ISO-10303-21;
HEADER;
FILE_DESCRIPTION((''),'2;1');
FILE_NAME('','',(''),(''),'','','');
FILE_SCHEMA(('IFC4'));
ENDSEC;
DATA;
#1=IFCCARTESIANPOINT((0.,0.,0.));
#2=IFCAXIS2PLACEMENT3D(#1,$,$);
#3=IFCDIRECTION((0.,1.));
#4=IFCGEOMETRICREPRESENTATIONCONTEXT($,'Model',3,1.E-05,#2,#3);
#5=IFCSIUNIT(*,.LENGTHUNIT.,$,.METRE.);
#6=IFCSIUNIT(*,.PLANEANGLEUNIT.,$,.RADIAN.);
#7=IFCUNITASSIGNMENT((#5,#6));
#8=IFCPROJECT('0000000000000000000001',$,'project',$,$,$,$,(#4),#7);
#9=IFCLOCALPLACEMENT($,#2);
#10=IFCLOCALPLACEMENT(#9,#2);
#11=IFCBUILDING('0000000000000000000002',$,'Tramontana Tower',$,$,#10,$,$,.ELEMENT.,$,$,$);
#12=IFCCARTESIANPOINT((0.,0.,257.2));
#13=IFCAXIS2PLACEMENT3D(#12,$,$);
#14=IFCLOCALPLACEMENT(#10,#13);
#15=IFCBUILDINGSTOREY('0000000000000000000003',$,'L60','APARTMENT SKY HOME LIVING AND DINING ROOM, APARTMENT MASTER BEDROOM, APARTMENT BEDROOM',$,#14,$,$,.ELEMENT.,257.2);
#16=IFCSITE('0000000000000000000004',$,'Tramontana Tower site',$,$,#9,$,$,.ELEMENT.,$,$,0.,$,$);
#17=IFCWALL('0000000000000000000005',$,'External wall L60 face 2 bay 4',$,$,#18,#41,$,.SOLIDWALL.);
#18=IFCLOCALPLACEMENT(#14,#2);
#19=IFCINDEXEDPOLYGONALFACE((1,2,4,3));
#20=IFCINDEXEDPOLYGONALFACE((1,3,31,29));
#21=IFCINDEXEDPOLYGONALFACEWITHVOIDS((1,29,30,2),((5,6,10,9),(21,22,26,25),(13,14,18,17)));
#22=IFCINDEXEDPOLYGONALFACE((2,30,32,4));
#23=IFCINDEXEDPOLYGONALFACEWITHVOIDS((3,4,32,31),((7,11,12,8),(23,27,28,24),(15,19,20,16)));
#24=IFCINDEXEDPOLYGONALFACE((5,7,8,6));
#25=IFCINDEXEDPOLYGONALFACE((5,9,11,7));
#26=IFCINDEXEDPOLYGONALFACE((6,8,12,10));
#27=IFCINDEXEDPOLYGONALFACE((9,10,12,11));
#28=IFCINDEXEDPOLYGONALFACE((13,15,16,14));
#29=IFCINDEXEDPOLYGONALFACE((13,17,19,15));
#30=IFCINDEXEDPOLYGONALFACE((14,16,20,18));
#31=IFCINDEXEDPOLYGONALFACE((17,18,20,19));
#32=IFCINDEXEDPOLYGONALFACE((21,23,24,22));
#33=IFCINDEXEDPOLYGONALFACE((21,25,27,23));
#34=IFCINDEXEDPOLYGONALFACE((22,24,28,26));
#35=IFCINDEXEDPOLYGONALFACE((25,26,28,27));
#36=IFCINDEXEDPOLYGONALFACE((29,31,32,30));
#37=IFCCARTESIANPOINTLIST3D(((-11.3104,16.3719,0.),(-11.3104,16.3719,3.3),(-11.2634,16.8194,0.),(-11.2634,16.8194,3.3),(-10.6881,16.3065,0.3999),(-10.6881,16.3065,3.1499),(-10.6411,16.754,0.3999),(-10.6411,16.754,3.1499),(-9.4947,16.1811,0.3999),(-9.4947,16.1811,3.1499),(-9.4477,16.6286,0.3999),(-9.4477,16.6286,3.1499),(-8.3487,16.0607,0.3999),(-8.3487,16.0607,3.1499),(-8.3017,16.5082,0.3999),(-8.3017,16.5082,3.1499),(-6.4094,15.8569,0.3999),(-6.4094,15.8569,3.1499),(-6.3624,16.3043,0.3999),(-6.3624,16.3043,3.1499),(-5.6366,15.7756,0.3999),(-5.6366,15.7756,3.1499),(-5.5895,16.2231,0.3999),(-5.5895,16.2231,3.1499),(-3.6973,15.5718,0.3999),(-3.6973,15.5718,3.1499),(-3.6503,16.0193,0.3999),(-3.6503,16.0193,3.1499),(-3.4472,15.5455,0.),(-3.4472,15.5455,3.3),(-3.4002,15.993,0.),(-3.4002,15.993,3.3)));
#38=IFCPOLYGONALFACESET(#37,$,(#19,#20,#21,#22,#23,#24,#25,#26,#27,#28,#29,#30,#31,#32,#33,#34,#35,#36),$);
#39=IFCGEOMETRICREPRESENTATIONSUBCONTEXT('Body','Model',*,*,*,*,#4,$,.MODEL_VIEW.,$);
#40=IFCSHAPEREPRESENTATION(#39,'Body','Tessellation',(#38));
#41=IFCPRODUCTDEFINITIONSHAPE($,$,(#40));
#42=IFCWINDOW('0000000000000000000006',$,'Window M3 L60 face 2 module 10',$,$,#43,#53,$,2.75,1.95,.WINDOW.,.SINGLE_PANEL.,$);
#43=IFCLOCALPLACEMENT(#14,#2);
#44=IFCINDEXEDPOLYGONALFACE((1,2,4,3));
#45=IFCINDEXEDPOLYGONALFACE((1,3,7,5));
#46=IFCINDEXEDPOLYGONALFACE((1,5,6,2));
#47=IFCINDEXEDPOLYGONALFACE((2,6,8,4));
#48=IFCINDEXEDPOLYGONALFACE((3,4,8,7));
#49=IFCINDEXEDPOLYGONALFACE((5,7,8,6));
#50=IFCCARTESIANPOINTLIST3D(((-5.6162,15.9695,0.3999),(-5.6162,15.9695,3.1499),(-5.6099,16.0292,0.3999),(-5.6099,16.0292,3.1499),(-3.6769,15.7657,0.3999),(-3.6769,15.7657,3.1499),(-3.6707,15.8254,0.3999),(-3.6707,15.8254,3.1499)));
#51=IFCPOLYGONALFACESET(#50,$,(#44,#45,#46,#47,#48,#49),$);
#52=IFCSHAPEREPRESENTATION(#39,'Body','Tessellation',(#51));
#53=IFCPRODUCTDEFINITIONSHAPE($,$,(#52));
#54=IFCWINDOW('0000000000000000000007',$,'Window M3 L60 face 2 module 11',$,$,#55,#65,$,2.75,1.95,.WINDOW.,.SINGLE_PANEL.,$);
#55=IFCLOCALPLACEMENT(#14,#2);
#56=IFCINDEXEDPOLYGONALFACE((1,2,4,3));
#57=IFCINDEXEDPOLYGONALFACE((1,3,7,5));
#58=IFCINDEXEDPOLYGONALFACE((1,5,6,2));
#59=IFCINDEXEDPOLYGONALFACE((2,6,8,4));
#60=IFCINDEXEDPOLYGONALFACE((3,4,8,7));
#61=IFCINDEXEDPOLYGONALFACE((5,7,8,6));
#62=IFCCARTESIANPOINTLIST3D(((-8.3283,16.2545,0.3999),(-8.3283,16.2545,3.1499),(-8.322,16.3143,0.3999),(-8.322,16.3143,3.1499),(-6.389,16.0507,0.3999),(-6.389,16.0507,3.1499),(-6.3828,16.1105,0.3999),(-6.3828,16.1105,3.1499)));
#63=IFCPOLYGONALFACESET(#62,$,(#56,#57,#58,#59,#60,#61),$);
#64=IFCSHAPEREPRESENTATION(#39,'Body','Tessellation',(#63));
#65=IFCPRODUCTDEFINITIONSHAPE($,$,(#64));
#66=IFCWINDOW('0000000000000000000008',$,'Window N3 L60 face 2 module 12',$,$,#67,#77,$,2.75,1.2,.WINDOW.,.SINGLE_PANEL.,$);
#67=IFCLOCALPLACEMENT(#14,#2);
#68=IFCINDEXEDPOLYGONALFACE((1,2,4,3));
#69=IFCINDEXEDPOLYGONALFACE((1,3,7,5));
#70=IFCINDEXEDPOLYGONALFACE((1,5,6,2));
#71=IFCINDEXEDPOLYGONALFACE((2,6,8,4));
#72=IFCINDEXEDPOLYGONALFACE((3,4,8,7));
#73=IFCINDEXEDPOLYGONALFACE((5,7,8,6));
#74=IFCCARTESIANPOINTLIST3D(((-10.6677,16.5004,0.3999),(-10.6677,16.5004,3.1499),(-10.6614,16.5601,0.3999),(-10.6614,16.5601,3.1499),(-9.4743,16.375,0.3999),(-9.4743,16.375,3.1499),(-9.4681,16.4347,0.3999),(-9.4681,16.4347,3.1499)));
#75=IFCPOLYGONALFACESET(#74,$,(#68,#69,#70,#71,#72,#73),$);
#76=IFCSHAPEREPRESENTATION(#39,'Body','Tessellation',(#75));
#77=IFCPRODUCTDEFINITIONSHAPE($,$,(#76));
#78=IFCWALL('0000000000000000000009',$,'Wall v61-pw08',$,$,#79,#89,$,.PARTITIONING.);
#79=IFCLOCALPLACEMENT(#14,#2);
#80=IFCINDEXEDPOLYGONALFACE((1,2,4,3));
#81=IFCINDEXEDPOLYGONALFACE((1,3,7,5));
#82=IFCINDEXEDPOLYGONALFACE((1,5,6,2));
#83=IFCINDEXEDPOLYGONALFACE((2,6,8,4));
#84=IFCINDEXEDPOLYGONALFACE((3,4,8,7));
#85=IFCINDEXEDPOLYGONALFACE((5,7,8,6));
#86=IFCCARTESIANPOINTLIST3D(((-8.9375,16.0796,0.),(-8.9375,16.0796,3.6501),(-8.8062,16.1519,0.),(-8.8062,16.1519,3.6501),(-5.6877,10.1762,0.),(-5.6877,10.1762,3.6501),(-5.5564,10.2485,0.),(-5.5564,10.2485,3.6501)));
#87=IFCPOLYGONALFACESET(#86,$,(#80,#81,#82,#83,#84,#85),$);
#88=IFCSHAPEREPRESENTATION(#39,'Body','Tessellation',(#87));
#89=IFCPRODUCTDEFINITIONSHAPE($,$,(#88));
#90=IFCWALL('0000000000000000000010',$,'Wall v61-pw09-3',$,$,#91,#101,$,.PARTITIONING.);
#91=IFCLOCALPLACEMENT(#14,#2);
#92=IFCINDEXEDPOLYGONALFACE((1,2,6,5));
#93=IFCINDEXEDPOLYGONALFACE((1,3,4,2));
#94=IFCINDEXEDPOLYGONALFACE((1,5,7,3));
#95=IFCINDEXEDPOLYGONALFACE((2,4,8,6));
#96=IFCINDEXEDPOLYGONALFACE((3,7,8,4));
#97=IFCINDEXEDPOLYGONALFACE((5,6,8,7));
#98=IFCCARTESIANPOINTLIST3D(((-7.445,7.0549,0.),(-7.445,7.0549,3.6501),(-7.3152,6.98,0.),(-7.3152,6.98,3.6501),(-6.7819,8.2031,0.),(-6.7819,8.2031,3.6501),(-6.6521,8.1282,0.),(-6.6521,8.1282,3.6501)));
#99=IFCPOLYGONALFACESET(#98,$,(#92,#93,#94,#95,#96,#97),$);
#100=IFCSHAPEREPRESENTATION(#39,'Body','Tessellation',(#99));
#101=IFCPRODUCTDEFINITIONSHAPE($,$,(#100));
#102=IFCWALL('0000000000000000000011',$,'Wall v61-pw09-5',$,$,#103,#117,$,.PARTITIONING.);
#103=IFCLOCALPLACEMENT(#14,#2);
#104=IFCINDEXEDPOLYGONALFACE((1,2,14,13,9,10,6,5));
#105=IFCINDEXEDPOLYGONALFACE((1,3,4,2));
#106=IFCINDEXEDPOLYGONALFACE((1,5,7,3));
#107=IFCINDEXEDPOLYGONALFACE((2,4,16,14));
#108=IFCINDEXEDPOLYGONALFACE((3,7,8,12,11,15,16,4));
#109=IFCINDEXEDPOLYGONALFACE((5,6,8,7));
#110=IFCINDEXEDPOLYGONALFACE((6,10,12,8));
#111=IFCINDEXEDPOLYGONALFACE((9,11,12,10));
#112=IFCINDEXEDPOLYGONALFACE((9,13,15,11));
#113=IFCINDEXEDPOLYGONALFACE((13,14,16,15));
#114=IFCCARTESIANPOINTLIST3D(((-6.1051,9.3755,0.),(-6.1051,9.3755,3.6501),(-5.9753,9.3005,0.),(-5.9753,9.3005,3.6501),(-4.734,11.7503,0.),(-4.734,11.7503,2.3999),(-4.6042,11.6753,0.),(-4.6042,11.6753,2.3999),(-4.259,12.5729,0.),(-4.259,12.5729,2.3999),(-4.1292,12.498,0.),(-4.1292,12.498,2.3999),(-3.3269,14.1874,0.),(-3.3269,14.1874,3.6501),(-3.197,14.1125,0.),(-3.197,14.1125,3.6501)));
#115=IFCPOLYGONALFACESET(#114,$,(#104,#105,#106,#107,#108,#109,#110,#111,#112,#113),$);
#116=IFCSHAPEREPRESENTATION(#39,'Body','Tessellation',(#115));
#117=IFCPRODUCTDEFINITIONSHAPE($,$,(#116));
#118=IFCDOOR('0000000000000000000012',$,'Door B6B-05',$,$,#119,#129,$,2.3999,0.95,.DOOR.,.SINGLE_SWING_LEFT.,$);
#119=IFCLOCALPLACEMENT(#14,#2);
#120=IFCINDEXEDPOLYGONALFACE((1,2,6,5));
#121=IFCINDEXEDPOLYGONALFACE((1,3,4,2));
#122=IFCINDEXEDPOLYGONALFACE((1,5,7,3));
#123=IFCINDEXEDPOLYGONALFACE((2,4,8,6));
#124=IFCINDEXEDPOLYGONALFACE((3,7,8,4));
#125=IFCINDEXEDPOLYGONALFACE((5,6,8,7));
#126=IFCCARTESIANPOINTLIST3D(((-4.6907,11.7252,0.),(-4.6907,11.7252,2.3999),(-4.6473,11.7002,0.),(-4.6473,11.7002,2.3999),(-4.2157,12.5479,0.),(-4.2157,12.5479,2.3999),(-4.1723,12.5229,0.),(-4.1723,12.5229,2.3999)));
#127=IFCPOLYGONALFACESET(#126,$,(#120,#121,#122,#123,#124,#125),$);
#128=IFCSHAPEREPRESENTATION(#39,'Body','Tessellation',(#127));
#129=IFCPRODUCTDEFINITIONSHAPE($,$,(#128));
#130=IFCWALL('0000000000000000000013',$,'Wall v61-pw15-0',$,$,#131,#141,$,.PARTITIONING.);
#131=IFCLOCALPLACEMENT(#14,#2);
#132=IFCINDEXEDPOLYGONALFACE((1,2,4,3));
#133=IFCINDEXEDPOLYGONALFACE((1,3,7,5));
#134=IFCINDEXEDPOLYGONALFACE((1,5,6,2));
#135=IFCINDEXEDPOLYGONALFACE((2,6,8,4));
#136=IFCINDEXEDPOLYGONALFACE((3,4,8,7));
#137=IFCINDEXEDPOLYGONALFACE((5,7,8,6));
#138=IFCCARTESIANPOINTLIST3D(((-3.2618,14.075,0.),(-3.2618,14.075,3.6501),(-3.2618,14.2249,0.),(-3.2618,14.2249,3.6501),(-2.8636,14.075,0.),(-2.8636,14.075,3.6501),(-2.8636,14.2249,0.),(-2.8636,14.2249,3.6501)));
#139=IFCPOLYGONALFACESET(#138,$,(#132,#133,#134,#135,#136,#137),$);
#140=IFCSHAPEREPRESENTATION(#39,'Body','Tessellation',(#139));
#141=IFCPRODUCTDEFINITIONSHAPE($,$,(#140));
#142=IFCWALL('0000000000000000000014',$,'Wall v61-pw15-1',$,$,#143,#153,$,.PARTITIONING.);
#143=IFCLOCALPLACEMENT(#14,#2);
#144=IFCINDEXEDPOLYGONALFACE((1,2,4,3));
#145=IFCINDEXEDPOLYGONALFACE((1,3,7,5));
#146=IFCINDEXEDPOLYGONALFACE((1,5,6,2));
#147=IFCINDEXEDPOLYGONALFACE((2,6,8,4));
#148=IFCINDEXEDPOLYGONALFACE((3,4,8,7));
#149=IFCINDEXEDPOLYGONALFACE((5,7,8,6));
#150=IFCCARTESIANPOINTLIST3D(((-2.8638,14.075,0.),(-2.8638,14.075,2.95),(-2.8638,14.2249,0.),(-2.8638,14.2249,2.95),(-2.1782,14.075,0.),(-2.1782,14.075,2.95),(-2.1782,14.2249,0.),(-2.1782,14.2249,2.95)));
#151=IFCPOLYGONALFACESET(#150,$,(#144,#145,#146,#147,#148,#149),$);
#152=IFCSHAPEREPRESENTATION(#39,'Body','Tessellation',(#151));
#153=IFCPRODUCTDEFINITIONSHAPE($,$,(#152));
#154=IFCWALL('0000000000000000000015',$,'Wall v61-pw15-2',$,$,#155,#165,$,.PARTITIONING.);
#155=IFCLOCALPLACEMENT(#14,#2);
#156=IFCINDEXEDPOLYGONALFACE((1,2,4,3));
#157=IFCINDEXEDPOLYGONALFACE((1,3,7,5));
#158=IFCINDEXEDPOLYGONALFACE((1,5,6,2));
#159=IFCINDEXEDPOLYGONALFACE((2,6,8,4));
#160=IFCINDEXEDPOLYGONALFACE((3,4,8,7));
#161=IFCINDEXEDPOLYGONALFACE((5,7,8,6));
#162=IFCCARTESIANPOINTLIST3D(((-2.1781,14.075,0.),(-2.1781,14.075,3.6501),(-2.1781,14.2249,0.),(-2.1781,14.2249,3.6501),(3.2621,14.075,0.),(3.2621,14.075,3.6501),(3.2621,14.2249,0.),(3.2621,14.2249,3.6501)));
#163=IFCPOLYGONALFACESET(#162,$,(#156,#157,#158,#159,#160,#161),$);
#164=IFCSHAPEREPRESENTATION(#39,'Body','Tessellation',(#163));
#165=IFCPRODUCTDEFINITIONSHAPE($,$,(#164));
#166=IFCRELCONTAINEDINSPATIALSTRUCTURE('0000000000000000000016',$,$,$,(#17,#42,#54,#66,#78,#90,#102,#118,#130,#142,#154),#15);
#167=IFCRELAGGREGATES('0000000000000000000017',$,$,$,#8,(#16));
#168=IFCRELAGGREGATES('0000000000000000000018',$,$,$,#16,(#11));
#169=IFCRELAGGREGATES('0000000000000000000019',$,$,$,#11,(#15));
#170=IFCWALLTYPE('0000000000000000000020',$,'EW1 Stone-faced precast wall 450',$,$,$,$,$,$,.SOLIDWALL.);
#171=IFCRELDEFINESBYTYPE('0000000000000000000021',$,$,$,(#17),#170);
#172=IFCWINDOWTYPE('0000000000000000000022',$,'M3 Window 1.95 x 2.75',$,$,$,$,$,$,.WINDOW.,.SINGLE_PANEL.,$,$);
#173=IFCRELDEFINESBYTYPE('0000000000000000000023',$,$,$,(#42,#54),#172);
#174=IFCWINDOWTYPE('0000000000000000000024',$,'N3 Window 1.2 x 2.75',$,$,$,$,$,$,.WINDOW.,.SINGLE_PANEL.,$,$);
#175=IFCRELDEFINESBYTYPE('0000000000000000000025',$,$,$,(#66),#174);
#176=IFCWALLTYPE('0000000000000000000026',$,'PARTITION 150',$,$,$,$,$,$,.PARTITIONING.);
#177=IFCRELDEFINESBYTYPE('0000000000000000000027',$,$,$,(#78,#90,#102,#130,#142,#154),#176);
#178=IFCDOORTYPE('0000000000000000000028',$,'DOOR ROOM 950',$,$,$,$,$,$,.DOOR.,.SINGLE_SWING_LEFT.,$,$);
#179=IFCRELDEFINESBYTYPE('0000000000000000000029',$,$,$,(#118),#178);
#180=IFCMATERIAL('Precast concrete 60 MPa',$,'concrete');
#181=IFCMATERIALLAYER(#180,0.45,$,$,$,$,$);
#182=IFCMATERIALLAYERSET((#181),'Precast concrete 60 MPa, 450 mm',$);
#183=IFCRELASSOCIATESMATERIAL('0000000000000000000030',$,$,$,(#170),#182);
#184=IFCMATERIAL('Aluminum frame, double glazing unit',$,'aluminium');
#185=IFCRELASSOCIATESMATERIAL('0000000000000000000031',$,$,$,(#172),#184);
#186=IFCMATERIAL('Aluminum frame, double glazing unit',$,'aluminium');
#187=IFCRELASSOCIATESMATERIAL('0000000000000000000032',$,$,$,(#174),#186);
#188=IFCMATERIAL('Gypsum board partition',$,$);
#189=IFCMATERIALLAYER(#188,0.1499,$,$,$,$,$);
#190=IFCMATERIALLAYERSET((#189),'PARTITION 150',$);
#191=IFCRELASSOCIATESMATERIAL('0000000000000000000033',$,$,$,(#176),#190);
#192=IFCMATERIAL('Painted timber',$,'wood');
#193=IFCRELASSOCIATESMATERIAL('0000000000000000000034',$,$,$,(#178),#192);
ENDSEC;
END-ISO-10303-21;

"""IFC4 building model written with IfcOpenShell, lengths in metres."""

from ifc_helpers import new_model, si_unit, direction, frame, frame_2d, origin, place, context, subcontext, project, spatial, rectangle, extrude, material, layer, layer_set, type_object, element, fill, save


model = new_model("IFC4")

# Units and contexts
model_context = context("Model", 3, precision=1e-05, world=origin(), true_north=direction((0.0, 1.0)))
body_context = subcontext(model_context, "Body", "Model", "MODEL_VIEW")
ifc_project = project(units=[si_unit("LENGTHUNIT", "METRE"), si_unit("PLANEANGLEUNIT", "RADIAN")], contexts=[model_context])

# Site, building, storey
site_placement = place(None, origin())
site = spatial("IfcSite", under=ifc_project, at=site_placement, Name="Tramontana Tower site", CompositionType="ELEMENT", RefElevation=0.0)
building_placement = place(site_placement, origin())
building = spatial("IfcBuilding", under=site, at=building_placement, Name="Tramontana Tower", CompositionType="ELEMENT")
storey_placement = place(building_placement, frame((0.0, 0.0, 257.2)))
storey = spatial("IfcBuildingStorey", under=building, at=storey_placement, Name="L60", Description="APARTMENT SKY HOME LIVING AND DINING ROOM, APARTMENT MASTER BEDROOM, APARTMENT BEDROOM", CompositionType="ELEMENT", Elevation=257.2)

# Wall, openings, windows
ifc_material_1 = material(Name="Precast concrete 60 MPa", Category="concrete")
ifc_layer_1 = layer(ifc_material_1, 0.45)
ifc_layer_set_1 = layer_set([ifc_layer_1], Name="Precast concrete 60 MPa, 450 mm")
wall_type_1 = type_object("IfcWallType", Name="EW1 Stone-faced precast wall 450", PredefinedType="SOLIDWALL", material=ifc_layer_set_1)
wall_1_placement = place(storey_placement, frame((-3.4238, 15.7693, 0.0), z_axis=(0.0, 0.0, 1.0), x_axis=(-0.994523, 0.104522, 0.0)))
wall_1 = element("IfcWall", 1, at=wall_1_placement, inside=storey, type_object=wall_type_1, Name="External wall L60 face 2 bay 4", PredefinedType="SOLIDWALL", context=body_context, shape_type="SweptSolid", body=[
    extrude(rectangle(XDim=7.9065, YDim=0.45, at=frame_2d((3.9531, 0.0))), origin(), (0.0, 0.0, 1.0), 3.3),
])
opening_1_placement = place(wall_1_placement, frame((0.2512, 0.0, 0.3999)))
opening_1 = element("IfcOpeningElement", 2, at=opening_1_placement, cuts=wall_1, PredefinedType="OPENING", context=body_context, shape_type="SweptSolid", body=[
    extrude(rectangle(XDim=1.95, YDim=2.75, at=frame_2d((0.9751, 1.375))), frame((0.0, 0.2349, 0.0), z_axis=(0.0, -1.0, 0.0), x_axis=(1.0, 0.0, 0.0)), (0.0, 0.0, 1.0), 0.47),
])
opening_2_placement = place(wall_1_placement, frame((2.9783, 0.0, 0.3999)))
opening_2 = element("IfcOpeningElement", 3, at=opening_2_placement, cuts=wall_1, PredefinedType="OPENING", context=body_context, shape_type="SweptSolid", body=[
    extrude(rectangle(XDim=1.95, YDim=2.75, at=frame_2d((0.9751, 1.375))), frame((0.0, 0.2349, 0.0), z_axis=(0.0, -1.0, 0.0), x_axis=(1.0, 0.0, 0.0)), (0.0, 0.0, 1.0), 0.47),
])
opening_3_placement = place(wall_1_placement, frame((6.0806, 0.0, 0.3999)))
opening_3 = element("IfcOpeningElement", 4, at=opening_3_placement, cuts=wall_1, PredefinedType="OPENING", context=body_context, shape_type="SweptSolid", body=[
    extrude(rectangle(XDim=1.2, YDim=2.75, at=frame_2d((0.6001, 1.375))), frame((0.0, 0.2349, 0.0), z_axis=(0.0, -1.0, 0.0), x_axis=(1.0, 0.0, 0.0)), (0.0, 0.0, 1.0), 0.47),
])
ifc_material_2 = material(Name="Aluminum frame, double glazing unit", Category="aluminium")
window_type_1 = type_object("IfcWindowType", Name="M3 Window 1.95 x 2.75", PartitioningType="SINGLE_PANEL", PredefinedType="WINDOW", material=ifc_material_2)
window_1_placement = place(opening_1_placement, origin())
window_1 = element("IfcWindow", 5, at=window_1_placement, inside=storey, type_object=window_type_1, Name="Window M3 L60 face 2 module 10", OverallHeight=2.75, OverallWidth=1.95, PartitioningType="SINGLE_PANEL", PredefinedType="WINDOW", context=body_context, shape_type="SweptSolid", body=[
    extrude(rectangle(XDim=1.95, YDim=2.75, at=frame_2d((0.9751, 1.375))), frame((0.0, 0.03, 0.0), z_axis=(0.0, -1.0, 0.0), x_axis=(1.0, 0.0, 0.0)), (0.0, 0.0, 1.0), 0.0601),
])
fill(opening_1, window_1)
window_2_placement = place(opening_2_placement, origin())
window_2 = element("IfcWindow", 6, at=window_2_placement, inside=storey, type_object=window_type_1, Name="Window M3 L60 face 2 module 11", OverallHeight=2.75, OverallWidth=1.95, PartitioningType="SINGLE_PANEL", PredefinedType="WINDOW", context=body_context, shape_type="SweptSolid", body=[
    extrude(rectangle(XDim=1.95, YDim=2.75, at=frame_2d((0.9751, 1.375))), frame((0.0, 0.03, 0.0), z_axis=(0.0, -1.0, 0.0), x_axis=(1.0, 0.0, 0.0)), (0.0, 0.0, 1.0), 0.0601),
])
fill(opening_2, window_2)
ifc_material_3 = material(Name="Aluminum frame, double glazing unit", Category="aluminium")
window_type_2 = type_object("IfcWindowType", Name="N3 Window 1.2 x 2.75", PartitioningType="SINGLE_PANEL", PredefinedType="WINDOW", material=ifc_material_3)
window_3_placement = place(opening_3_placement, origin())
window_3 = element("IfcWindow", 7, at=window_3_placement, inside=storey, type_object=window_type_2, Name="Window N3 L60 face 2 module 12", OverallHeight=2.75, OverallWidth=1.2, PartitioningType="SINGLE_PANEL", PredefinedType="WINDOW", context=body_context, shape_type="SweptSolid", body=[
    extrude(rectangle(XDim=1.2, YDim=2.75, at=frame_2d((0.6001, 1.375))), frame((0.0, 0.03, 0.0), z_axis=(0.0, -1.0, 0.0), x_axis=(1.0, 0.0, 0.0)), (0.0, 0.0, 1.0), 0.0601),
])
fill(opening_3, window_3)

# Walls
ifc_material_4 = material(Name="Gypsum board partition")
ifc_layer_2 = layer(ifc_material_4, 0.1499)
ifc_layer_set_2 = layer_set([ifc_layer_2], Name="PARTITION 150")
wall_type_2 = type_object("IfcWallType", Name="PARTITION 150", PredefinedType="PARTITIONING", material=ifc_layer_set_2)
wall_2_placement = place(storey_placement, frame((-8.8718, 16.1157, 0.0), z_axis=(0.0, 0.0, 1.0), x_axis=(0.482253, -0.876032, 0.0)))
element("IfcWall", 8, at=wall_2_placement, inside=storey, type_object=wall_type_2, Name="Wall v61-pw08", PredefinedType="PARTITIONING", context=body_context, shape_type="SweptSolid", body=[
    extrude(rectangle(XDim=6.7388, YDim=0.1499, at=frame_2d((3.3694, 0.0))), origin(), (0.0, 0.0, 1.0), 3.6501),
])
wall_3_placement = place(storey_placement, frame((-7.3801, 7.0173, 0.0), z_axis=(0.0, 0.0, 1.0), x_axis=(0.5001, 0.865968, 0.0)))
element("IfcWall", 9, at=wall_3_placement, inside=storey, type_object=wall_type_2, Name="Wall v61-pw09-3", PredefinedType="PARTITIONING", context=body_context, shape_type="SweptSolid", body=[
    extrude(rectangle(XDim=1.3259, YDim=0.1499, at=frame_2d((0.6631, 0.0))), origin(), (0.0, 0.0, 1.0), 3.6501),
])

# Wall, opening, door
ifc_material_5 = material(Name="Painted timber", Category="wood")
door_type_1 = type_object("IfcDoorType", Name="DOOR ROOM 950", OperationType="SINGLE_SWING_LEFT", PredefinedType="DOOR", material=ifc_material_5)
wall_4_placement = place(storey_placement, frame((-6.0403, 9.3379, 0.0), z_axis=(0.0, 0.0, 1.0), x_axis=(0.500014, 0.866017, 0.0)))
wall_4 = element("IfcWall", 10, at=wall_4_placement, inside=storey, type_object=wall_type_2, Name="Wall v61-pw09-5", PredefinedType="PARTITIONING", context=body_context, shape_type="SweptSolid", body=[
    extrude(rectangle(XDim=5.5564, YDim=0.1499, at=frame_2d((2.7783, 0.0))), origin(), (0.0, 0.0, 1.0), 3.6501),
])
opening_4_placement = place(wall_4_placement, frame((2.7422, 0.0, 0.0)))
opening_4 = element("IfcOpeningElement", 11, at=opening_4_placement, cuts=wall_4, PredefinedType="OPENING", context=body_context, shape_type="SweptSolid", body=[
    extrude(rectangle(XDim=0.95, YDim=2.3999, at=frame_2d((0.4751, 1.2))), frame((0.0, 0.085, 0.0), z_axis=(0.0, -1.0, 0.0), x_axis=(1.0, 0.0, 0.0)), (0.0, 0.0, 1.0), 0.1699),
])
door_1_placement = place(opening_4_placement, origin())
door_1 = element("IfcDoor", 12, at=door_1_placement, inside=storey, type_object=door_type_1, Name="Door B6B-05", OperationType="SINGLE_SWING_LEFT", OverallHeight=2.3999, OverallWidth=0.95, PredefinedType="DOOR", context=body_context, shape_type="SweptSolid", body=[
    extrude(rectangle(XDim=0.95, YDim=2.3999, at=frame_2d((0.4751, 1.2))), frame((0.0, 0.0249, 0.0), z_axis=(0.0, -1.0, 0.0), x_axis=(1.0, 0.0, 0.0)), (0.0, 0.0, 1.0), 0.05),
])
fill(opening_4, door_1)

# Walls
wall_5_placement = place(storey_placement, frame((-3.262, 14.1499, 0.0), z_axis=(0.0, 0.0, 1.0), x_axis=(1.0, 0.0, 0.0)))
element("IfcWall", 13, at=wall_5_placement, inside=storey, type_object=wall_type_2, Name="Wall v61-pw15-0", PredefinedType="PARTITIONING", context=body_context, shape_type="SweptSolid", body=[
    extrude(rectangle(XDim=0.3982, YDim=0.1499, at=frame_2d((0.1992, 0.0))), origin(), (0.0, 0.0, 1.0), 3.6501),
])
wall_6_placement = place(storey_placement, frame((-2.8638, 14.1499, 0.0), z_axis=(0.0, 0.0, 1.0), x_axis=(1.0, 0.0, 0.0)))
element("IfcWall", 14, at=wall_6_placement, inside=storey, type_object=wall_type_2, Name="Wall v61-pw15-1", PredefinedType="PARTITIONING", context=body_context, shape_type="SweptSolid", body=[
    extrude(rectangle(XDim=0.6855, YDim=0.1499, at=frame_2d((0.3428, 0.0))), origin(), (0.0, 0.0, 1.0), 2.95),
])
wall_7_placement = place(storey_placement, frame((-2.1782, 14.1499, 0.0), z_axis=(0.0, 0.0, 1.0), x_axis=(1.0, 0.0, 0.0)))
element("IfcWall", 15, at=wall_7_placement, inside=storey, type_object=wall_type_2, Name="Wall v61-pw15-2", PredefinedType="PARTITIONING", context=body_context, shape_type="SweptSolid", body=[
    extrude(rectangle(XDim=5.4402, YDim=0.1499, at=frame_2d((2.7202, 0.0))), origin(), (0.0, 0.0, 1.0), 3.6501),
])

save(model, "model.ifc")
